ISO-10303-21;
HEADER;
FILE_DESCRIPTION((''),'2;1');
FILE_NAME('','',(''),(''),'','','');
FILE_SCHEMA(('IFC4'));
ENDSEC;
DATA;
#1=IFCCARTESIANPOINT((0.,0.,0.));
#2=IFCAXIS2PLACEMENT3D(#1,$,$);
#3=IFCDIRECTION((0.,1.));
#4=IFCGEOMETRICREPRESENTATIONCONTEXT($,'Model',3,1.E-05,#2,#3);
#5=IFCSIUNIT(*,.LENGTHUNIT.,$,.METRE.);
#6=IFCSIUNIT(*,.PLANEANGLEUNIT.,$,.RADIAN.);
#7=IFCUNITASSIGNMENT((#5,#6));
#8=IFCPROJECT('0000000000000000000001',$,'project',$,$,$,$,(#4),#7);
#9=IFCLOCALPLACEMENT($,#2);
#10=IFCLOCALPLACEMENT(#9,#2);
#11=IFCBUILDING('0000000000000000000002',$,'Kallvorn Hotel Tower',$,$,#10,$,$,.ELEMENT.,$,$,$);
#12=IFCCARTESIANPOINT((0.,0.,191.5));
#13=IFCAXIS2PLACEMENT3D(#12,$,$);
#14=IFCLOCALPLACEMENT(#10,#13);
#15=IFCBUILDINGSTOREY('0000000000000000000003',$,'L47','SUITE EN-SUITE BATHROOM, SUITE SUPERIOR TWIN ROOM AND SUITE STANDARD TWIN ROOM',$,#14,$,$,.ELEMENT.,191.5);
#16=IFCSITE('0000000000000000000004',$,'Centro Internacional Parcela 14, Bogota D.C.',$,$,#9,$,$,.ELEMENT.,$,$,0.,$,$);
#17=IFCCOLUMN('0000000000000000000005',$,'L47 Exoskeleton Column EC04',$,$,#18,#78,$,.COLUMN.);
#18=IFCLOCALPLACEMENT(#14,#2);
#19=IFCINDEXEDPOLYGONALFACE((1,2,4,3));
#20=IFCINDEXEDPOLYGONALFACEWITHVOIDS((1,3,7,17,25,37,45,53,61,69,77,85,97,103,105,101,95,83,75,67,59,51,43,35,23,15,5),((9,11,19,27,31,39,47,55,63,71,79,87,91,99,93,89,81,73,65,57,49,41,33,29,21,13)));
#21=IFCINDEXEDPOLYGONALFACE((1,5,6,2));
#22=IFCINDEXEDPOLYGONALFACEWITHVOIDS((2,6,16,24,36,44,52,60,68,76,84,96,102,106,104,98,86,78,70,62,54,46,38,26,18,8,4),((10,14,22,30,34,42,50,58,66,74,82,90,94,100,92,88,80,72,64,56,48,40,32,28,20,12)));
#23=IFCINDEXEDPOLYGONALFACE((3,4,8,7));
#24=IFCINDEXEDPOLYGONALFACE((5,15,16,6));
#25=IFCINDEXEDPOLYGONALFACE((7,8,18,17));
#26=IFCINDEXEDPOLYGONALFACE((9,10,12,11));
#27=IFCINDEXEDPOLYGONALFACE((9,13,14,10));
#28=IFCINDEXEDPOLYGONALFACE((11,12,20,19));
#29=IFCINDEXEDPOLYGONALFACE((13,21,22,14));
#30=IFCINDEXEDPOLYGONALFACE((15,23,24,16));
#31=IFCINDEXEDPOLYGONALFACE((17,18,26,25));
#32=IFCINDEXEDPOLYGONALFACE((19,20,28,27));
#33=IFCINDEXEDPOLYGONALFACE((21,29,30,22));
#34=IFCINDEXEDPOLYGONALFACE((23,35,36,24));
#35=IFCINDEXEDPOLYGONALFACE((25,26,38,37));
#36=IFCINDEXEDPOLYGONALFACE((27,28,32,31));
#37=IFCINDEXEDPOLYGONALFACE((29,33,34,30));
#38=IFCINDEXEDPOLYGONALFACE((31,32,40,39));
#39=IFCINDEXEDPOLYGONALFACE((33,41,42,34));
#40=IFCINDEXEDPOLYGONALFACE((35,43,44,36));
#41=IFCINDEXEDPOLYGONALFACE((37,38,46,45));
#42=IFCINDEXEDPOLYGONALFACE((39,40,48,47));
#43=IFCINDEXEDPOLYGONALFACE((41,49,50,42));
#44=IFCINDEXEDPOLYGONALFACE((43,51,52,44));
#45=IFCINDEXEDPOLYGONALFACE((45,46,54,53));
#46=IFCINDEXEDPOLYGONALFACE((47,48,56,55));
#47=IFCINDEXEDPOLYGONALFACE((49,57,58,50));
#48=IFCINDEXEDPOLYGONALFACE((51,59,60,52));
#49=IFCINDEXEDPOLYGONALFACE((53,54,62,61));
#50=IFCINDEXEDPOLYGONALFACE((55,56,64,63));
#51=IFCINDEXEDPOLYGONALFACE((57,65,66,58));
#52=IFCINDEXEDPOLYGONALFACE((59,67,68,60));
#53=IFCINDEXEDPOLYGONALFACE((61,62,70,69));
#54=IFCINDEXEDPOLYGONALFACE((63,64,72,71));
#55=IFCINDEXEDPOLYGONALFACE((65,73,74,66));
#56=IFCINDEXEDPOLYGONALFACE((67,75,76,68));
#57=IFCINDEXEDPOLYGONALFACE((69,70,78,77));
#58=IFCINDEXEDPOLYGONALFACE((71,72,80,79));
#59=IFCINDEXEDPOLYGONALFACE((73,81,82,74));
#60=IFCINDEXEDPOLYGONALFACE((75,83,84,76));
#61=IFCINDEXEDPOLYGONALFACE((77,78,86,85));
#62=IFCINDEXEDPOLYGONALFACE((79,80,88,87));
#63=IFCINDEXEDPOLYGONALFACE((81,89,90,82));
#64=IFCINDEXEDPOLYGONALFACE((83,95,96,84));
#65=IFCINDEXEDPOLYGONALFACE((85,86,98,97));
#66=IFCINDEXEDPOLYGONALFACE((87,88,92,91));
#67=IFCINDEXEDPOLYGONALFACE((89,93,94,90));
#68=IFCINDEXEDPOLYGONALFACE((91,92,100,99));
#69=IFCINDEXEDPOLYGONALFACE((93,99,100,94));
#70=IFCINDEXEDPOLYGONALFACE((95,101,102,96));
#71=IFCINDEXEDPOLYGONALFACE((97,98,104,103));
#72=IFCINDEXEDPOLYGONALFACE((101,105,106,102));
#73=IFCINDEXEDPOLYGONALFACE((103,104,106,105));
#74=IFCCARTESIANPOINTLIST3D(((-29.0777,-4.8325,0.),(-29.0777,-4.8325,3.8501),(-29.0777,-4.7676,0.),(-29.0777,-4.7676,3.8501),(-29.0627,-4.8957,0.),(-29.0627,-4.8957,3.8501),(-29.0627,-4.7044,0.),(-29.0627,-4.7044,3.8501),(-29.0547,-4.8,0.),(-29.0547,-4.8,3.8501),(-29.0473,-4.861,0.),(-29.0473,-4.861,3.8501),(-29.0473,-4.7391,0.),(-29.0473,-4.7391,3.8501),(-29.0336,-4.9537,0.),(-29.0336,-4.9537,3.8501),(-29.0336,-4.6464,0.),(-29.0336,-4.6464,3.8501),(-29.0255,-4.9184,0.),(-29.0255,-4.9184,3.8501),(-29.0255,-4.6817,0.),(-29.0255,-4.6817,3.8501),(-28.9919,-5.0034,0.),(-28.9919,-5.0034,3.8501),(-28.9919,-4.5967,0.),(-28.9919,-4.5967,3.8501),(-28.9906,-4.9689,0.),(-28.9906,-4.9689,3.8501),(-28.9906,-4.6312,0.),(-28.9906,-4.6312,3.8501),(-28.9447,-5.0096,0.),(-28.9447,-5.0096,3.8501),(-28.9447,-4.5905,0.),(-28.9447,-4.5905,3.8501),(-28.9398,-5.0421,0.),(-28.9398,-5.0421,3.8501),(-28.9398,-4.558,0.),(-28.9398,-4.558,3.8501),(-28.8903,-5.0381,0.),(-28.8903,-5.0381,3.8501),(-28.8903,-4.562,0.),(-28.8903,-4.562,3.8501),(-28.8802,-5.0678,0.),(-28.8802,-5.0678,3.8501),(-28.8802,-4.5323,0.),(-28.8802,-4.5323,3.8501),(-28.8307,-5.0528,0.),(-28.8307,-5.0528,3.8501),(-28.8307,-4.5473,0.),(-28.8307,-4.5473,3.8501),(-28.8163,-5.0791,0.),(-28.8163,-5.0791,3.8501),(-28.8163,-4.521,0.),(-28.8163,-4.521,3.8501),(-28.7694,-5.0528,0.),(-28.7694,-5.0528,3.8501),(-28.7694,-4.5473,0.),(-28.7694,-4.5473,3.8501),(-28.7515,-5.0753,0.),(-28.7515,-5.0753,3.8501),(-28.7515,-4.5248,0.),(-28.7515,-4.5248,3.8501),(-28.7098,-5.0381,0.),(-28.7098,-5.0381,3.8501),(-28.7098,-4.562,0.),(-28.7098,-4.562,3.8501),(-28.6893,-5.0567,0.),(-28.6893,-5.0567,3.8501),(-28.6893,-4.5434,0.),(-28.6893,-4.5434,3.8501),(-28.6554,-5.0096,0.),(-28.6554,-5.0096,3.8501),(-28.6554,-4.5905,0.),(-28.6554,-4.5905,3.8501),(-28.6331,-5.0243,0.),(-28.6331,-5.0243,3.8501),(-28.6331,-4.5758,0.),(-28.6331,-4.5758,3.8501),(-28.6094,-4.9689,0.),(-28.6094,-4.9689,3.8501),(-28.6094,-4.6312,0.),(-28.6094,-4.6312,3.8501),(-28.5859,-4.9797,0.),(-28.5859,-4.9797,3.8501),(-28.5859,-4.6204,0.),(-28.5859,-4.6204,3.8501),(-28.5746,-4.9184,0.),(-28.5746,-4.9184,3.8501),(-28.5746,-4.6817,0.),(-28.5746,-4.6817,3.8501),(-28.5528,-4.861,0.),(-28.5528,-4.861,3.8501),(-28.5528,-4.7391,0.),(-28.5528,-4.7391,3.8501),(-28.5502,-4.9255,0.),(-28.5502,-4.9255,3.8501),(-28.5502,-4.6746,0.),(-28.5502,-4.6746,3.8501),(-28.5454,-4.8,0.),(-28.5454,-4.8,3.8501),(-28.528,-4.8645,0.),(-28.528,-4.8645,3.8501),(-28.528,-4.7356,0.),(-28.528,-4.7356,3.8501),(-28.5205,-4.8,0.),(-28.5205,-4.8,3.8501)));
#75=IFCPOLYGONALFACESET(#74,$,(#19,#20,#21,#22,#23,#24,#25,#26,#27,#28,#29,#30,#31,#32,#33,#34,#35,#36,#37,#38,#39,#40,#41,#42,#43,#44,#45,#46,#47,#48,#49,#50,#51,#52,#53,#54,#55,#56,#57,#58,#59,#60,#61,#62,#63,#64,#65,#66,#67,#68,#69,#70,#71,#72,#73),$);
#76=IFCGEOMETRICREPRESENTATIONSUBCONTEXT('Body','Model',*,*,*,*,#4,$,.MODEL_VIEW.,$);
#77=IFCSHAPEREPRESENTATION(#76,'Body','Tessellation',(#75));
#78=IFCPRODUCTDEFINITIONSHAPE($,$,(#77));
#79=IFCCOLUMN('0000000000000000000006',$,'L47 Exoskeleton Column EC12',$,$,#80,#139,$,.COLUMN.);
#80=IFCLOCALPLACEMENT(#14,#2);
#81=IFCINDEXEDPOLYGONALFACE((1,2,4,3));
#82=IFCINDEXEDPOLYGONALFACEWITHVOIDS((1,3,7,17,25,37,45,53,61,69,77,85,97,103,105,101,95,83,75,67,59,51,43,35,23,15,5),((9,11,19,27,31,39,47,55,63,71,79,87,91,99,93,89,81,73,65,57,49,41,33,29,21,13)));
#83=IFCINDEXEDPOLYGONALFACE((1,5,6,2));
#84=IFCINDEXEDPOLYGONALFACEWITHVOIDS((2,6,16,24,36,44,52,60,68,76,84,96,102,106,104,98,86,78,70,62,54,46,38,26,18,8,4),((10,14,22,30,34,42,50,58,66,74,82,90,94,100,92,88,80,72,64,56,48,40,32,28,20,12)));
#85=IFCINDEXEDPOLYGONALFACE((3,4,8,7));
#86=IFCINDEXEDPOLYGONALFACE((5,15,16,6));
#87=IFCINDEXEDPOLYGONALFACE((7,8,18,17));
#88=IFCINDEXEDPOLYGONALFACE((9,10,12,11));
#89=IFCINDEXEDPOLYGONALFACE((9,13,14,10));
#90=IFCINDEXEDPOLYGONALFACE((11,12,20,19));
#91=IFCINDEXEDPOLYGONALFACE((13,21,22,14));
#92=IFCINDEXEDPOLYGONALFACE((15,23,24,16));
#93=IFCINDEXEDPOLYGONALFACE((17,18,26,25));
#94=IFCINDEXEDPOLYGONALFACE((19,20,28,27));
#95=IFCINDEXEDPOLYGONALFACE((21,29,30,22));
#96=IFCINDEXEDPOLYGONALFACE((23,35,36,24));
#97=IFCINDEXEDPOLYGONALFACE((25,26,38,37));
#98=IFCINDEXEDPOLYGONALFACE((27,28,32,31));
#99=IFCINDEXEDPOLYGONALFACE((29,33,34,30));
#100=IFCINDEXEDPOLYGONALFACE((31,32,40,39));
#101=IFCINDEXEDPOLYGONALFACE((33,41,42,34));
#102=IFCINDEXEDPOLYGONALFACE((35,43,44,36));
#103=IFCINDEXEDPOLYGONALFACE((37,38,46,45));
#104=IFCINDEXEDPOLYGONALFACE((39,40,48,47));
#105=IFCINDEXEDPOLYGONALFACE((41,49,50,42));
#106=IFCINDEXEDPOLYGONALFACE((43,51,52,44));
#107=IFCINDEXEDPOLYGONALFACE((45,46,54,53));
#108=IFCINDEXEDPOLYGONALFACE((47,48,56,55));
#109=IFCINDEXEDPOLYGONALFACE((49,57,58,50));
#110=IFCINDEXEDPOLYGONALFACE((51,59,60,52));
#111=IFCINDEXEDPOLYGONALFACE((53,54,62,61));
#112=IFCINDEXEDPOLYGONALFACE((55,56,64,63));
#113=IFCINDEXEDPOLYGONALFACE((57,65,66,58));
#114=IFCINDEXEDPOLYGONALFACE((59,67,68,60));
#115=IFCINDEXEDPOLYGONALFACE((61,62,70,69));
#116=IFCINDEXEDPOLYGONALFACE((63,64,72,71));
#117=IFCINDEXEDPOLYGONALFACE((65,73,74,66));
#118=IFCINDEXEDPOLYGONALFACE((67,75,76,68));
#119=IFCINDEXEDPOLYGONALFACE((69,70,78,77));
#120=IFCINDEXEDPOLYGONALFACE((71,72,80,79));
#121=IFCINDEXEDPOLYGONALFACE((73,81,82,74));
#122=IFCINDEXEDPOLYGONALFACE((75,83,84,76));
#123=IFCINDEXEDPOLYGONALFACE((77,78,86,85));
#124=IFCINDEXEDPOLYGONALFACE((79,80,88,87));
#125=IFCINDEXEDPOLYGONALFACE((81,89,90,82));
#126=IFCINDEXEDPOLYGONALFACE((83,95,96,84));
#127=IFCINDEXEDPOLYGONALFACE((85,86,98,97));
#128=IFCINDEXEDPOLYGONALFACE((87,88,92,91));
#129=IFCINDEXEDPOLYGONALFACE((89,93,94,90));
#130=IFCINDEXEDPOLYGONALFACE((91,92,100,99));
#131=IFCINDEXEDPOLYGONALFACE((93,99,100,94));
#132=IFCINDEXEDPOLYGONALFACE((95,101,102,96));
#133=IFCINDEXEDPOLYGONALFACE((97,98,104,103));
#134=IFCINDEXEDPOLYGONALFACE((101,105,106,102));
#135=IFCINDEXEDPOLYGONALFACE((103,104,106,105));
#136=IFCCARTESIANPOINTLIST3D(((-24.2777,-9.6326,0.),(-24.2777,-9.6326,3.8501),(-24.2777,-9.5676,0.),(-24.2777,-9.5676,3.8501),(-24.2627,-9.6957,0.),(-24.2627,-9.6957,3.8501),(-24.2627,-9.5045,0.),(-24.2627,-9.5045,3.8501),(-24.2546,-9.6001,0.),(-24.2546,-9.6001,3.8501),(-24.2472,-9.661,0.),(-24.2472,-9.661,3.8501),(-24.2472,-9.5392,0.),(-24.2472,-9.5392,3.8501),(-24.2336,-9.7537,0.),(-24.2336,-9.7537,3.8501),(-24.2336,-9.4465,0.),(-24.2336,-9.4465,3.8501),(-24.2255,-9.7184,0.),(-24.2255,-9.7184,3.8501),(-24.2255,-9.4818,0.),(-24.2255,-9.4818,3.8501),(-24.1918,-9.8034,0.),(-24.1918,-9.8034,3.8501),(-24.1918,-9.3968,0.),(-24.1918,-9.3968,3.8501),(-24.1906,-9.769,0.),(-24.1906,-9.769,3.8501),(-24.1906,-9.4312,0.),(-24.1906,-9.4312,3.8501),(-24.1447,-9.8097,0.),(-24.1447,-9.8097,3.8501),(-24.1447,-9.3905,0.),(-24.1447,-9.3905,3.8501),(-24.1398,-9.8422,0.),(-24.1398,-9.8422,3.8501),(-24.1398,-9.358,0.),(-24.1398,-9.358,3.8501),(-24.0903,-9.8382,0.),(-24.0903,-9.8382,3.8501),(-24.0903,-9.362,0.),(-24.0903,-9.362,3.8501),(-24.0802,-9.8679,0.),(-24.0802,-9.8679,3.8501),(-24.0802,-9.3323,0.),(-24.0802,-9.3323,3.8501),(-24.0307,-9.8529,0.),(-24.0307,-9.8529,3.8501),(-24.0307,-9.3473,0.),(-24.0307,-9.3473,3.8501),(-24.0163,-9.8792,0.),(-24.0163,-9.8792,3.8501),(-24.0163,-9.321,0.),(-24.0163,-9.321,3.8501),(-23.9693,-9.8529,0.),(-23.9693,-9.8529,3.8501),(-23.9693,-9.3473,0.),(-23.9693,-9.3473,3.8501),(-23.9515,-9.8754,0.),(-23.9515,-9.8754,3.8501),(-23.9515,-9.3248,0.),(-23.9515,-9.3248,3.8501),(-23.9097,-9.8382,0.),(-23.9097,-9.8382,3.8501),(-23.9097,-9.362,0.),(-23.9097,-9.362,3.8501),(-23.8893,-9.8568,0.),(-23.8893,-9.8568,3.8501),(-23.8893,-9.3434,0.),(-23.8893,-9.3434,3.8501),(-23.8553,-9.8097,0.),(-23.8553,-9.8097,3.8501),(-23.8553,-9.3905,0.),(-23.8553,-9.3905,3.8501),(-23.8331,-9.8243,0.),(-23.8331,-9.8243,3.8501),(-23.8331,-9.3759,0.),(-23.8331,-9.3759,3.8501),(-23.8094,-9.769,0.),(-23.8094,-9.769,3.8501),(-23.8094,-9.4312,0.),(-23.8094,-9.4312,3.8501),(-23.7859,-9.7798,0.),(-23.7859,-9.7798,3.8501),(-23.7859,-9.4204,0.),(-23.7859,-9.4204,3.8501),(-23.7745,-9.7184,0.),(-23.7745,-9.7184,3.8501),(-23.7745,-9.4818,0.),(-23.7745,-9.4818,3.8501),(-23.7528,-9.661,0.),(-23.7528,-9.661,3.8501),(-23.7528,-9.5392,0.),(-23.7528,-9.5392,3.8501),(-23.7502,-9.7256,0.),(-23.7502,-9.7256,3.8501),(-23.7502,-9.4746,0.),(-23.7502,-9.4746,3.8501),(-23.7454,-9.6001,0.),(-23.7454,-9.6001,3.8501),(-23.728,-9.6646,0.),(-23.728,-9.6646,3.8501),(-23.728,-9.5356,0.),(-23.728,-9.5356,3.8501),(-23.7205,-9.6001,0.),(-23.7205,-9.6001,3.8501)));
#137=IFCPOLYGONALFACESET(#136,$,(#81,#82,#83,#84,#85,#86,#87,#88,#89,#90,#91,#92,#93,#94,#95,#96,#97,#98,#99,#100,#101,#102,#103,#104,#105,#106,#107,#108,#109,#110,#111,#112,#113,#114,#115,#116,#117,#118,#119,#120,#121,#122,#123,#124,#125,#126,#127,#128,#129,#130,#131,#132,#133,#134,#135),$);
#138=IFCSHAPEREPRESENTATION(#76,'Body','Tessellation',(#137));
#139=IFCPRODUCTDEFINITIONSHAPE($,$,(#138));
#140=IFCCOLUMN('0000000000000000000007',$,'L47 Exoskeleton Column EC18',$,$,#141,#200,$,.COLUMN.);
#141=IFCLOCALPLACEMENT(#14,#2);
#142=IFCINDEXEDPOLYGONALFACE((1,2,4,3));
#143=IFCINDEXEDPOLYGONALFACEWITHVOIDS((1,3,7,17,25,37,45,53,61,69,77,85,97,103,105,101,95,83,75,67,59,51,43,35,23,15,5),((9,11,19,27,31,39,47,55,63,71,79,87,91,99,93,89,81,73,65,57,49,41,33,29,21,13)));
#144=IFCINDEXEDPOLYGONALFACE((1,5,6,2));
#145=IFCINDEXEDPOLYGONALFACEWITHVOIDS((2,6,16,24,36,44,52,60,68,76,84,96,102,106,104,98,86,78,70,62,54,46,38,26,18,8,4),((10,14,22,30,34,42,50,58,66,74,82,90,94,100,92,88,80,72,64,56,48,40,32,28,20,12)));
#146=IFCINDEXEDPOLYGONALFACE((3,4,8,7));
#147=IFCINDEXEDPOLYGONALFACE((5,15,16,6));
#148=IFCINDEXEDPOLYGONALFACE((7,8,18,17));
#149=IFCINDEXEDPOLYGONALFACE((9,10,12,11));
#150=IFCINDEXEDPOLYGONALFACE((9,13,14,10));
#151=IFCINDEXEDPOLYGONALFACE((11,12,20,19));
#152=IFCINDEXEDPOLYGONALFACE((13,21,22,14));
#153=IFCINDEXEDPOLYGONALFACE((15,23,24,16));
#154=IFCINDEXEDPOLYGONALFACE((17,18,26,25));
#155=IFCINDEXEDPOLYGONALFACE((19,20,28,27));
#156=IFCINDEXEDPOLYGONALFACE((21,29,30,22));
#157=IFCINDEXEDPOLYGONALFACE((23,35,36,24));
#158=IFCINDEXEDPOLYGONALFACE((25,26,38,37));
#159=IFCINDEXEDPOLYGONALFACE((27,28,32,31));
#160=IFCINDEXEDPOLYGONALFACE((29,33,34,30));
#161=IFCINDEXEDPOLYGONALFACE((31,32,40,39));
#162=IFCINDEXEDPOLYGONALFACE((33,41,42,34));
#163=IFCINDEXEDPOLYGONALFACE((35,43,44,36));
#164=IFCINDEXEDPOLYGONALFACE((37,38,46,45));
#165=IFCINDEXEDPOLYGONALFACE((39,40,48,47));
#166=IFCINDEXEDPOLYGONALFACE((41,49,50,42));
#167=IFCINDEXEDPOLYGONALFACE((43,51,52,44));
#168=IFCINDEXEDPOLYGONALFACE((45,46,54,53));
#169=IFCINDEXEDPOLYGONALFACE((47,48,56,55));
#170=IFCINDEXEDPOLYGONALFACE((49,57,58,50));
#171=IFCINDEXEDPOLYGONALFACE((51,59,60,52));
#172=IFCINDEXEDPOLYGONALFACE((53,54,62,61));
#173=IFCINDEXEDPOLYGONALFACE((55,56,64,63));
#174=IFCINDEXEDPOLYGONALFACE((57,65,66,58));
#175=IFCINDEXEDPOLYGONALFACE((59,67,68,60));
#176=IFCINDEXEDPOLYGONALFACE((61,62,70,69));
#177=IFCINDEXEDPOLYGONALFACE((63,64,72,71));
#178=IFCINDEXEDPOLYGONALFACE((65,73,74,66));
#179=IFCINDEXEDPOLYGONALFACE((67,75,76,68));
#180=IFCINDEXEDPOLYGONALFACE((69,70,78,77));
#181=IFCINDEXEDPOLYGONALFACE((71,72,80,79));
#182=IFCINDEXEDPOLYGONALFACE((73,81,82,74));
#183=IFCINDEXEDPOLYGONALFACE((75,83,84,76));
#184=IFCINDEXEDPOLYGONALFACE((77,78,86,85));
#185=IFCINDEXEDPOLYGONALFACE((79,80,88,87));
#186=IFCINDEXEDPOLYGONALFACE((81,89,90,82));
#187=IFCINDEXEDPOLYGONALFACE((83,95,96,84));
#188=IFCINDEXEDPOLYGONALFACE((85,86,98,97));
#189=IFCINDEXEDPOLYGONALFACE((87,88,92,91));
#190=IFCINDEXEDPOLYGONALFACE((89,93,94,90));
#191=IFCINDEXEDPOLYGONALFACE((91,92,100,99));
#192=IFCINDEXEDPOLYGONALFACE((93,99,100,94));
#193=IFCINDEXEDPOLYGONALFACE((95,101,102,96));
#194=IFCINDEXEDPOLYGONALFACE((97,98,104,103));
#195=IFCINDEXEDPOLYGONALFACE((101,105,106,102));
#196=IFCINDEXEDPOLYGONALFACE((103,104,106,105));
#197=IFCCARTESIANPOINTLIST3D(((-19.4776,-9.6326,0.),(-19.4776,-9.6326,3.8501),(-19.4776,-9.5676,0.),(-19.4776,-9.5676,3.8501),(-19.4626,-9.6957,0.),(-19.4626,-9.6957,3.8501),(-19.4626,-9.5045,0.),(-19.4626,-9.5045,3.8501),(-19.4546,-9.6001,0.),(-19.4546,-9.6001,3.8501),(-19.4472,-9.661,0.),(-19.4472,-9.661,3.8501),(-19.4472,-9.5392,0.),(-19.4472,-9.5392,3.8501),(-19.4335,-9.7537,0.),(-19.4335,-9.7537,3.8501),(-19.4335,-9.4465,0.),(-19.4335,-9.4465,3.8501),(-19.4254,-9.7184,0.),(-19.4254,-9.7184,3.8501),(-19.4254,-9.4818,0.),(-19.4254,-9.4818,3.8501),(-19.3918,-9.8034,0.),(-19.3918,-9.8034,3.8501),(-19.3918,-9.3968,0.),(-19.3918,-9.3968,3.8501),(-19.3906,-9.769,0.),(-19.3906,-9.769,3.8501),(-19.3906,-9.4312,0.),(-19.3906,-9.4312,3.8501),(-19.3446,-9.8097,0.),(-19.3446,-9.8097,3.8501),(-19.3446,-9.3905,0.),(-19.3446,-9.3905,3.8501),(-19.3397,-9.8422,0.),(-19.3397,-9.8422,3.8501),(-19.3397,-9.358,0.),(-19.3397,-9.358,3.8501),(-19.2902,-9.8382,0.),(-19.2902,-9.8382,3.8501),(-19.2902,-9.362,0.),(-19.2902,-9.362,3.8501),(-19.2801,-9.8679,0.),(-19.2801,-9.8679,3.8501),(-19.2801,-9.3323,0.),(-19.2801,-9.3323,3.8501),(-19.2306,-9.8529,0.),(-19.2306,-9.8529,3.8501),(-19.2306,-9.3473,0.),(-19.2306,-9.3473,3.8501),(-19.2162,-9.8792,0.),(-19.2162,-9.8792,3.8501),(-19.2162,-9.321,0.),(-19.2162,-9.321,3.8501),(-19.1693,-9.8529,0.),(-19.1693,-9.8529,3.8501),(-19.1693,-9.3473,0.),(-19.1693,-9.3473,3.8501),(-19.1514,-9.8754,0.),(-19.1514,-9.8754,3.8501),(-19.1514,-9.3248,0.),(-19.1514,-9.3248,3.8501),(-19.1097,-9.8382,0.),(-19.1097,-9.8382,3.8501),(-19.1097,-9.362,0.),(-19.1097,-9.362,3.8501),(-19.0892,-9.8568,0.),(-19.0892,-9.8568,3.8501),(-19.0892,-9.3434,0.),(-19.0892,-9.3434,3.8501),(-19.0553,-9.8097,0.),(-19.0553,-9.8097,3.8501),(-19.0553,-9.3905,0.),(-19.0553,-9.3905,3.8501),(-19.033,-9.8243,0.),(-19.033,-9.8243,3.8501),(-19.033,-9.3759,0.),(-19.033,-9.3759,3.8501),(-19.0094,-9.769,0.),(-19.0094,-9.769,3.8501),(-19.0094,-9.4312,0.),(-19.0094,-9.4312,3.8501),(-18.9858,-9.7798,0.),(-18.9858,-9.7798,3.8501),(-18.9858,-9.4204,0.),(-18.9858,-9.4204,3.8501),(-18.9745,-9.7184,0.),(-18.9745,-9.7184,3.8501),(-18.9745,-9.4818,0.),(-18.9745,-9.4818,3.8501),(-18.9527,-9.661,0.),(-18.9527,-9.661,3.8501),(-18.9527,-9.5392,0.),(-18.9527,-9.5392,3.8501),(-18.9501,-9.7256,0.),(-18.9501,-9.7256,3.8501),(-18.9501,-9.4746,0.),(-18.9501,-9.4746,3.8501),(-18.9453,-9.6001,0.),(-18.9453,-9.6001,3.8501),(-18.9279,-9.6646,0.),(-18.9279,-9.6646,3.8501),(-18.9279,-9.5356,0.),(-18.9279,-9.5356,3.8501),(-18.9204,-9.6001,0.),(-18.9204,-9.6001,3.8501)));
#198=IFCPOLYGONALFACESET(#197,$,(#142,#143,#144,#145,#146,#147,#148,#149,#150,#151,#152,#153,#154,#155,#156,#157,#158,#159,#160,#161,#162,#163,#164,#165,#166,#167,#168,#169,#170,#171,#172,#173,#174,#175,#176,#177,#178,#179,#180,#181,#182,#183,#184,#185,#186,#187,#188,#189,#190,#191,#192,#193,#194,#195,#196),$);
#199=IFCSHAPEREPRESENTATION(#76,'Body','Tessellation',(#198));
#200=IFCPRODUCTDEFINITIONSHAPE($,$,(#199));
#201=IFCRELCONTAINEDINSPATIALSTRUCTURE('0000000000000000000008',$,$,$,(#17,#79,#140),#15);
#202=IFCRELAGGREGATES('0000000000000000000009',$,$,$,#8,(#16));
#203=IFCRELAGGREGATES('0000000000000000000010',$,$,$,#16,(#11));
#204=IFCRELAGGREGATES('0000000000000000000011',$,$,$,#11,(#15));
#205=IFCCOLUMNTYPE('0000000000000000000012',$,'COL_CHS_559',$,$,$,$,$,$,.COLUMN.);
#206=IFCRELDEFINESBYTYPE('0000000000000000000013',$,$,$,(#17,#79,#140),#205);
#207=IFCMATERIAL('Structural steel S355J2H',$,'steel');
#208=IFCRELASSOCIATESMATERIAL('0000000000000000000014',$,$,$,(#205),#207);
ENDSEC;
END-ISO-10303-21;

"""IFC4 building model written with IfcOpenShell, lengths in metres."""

from ifc_helpers import new_model, si_unit, direction, frame, origin, origin_2d, place, context, subcontext, project, spatial, hollow_circle, extrude, material, material_profile, profile_set, type_object, element, save


model = new_model("IFC4")

# Units and contexts
model_context = context("Model", 3, precision=1e-05, world=origin(), true_north=direction((0.0, 1.0)))
body_context = subcontext(model_context, "Body", "Model", "MODEL_VIEW")
ifc_project = project(units=[si_unit("LENGTHUNIT", "METRE"), si_unit("PLANEANGLEUNIT", "RADIAN")], contexts=[model_context])

# Site, building, storey
site_placement = place(None, origin())
site = spatial("IfcSite", under=ifc_project, at=site_placement, Name="Centro Internacional Parcela 14, Bogota D.C.", CompositionType="ELEMENT", RefElevation=0.0)
building_placement = place(site_placement, origin())
building = spatial("IfcBuilding", under=site, at=building_placement, Name="Kallvorn Hotel Tower", CompositionType="ELEMENT")
storey_placement = place(building_placement, frame((0.0, 0.0, 191.5)))
storey = spatial("IfcBuildingStorey", under=building, at=storey_placement, Name="L47", Description="SUITE EN-SUITE BATHROOM, SUITE SUPERIOR TWIN ROOM AND SUITE STANDARD TWIN ROOM", CompositionType="ELEMENT", Elevation=191.5)

# Columns
ifc_material_1 = material(Name="Structural steel S355J2H", Category="steel")
ifc_material_profile_1 = material_profile(ifc_material_1, hollow_circle(Radius=0.2795, WallThickness=0.0249, at=origin_2d()), Name="CHS 559x25")
ifc_profile_set_1 = profile_set([ifc_material_profile_1], Name="Structural steel S355J2H")
column_type_1 = type_object("IfcColumnType", Name="COL_CHS_559", PredefinedType="COLUMN", material=ifc_profile_set_1)
for number, where, z_axis, x_axis, name in (
    (1, (-28.8, -4.8, 0.0), (0.0, 0.0, 1.0), (1.0, 0.0, 0.0), "L47 Exoskeleton Column EC04"),
    (2, (-24.0, -9.6001, 0.0), (0.0, 0.0, 1.0), (1.0, 0.0, 0.0), "L47 Exoskeleton Column EC12"),
    (3, (-19.2, -9.6001, 0.0), (0.0, 0.0, 1.0), (1.0, 0.0, 0.0), "L47 Exoskeleton Column EC18"),
):
    element("IfcColumn", number, at=place(storey_placement, frame(where, z_axis=z_axis, x_axis=x_axis)), inside=storey, type_object=column_type_1, Name=name, PredefinedType="COLUMN", context=body_context, shape_type="SweptSolid", body=[
        extrude(hollow_circle(Radius=0.2795, WallThickness=0.0249, at=origin_2d()), origin(), (0.0, 0.0, 1.0), 3.8501),
    ])

save(model, "model.ifc")
